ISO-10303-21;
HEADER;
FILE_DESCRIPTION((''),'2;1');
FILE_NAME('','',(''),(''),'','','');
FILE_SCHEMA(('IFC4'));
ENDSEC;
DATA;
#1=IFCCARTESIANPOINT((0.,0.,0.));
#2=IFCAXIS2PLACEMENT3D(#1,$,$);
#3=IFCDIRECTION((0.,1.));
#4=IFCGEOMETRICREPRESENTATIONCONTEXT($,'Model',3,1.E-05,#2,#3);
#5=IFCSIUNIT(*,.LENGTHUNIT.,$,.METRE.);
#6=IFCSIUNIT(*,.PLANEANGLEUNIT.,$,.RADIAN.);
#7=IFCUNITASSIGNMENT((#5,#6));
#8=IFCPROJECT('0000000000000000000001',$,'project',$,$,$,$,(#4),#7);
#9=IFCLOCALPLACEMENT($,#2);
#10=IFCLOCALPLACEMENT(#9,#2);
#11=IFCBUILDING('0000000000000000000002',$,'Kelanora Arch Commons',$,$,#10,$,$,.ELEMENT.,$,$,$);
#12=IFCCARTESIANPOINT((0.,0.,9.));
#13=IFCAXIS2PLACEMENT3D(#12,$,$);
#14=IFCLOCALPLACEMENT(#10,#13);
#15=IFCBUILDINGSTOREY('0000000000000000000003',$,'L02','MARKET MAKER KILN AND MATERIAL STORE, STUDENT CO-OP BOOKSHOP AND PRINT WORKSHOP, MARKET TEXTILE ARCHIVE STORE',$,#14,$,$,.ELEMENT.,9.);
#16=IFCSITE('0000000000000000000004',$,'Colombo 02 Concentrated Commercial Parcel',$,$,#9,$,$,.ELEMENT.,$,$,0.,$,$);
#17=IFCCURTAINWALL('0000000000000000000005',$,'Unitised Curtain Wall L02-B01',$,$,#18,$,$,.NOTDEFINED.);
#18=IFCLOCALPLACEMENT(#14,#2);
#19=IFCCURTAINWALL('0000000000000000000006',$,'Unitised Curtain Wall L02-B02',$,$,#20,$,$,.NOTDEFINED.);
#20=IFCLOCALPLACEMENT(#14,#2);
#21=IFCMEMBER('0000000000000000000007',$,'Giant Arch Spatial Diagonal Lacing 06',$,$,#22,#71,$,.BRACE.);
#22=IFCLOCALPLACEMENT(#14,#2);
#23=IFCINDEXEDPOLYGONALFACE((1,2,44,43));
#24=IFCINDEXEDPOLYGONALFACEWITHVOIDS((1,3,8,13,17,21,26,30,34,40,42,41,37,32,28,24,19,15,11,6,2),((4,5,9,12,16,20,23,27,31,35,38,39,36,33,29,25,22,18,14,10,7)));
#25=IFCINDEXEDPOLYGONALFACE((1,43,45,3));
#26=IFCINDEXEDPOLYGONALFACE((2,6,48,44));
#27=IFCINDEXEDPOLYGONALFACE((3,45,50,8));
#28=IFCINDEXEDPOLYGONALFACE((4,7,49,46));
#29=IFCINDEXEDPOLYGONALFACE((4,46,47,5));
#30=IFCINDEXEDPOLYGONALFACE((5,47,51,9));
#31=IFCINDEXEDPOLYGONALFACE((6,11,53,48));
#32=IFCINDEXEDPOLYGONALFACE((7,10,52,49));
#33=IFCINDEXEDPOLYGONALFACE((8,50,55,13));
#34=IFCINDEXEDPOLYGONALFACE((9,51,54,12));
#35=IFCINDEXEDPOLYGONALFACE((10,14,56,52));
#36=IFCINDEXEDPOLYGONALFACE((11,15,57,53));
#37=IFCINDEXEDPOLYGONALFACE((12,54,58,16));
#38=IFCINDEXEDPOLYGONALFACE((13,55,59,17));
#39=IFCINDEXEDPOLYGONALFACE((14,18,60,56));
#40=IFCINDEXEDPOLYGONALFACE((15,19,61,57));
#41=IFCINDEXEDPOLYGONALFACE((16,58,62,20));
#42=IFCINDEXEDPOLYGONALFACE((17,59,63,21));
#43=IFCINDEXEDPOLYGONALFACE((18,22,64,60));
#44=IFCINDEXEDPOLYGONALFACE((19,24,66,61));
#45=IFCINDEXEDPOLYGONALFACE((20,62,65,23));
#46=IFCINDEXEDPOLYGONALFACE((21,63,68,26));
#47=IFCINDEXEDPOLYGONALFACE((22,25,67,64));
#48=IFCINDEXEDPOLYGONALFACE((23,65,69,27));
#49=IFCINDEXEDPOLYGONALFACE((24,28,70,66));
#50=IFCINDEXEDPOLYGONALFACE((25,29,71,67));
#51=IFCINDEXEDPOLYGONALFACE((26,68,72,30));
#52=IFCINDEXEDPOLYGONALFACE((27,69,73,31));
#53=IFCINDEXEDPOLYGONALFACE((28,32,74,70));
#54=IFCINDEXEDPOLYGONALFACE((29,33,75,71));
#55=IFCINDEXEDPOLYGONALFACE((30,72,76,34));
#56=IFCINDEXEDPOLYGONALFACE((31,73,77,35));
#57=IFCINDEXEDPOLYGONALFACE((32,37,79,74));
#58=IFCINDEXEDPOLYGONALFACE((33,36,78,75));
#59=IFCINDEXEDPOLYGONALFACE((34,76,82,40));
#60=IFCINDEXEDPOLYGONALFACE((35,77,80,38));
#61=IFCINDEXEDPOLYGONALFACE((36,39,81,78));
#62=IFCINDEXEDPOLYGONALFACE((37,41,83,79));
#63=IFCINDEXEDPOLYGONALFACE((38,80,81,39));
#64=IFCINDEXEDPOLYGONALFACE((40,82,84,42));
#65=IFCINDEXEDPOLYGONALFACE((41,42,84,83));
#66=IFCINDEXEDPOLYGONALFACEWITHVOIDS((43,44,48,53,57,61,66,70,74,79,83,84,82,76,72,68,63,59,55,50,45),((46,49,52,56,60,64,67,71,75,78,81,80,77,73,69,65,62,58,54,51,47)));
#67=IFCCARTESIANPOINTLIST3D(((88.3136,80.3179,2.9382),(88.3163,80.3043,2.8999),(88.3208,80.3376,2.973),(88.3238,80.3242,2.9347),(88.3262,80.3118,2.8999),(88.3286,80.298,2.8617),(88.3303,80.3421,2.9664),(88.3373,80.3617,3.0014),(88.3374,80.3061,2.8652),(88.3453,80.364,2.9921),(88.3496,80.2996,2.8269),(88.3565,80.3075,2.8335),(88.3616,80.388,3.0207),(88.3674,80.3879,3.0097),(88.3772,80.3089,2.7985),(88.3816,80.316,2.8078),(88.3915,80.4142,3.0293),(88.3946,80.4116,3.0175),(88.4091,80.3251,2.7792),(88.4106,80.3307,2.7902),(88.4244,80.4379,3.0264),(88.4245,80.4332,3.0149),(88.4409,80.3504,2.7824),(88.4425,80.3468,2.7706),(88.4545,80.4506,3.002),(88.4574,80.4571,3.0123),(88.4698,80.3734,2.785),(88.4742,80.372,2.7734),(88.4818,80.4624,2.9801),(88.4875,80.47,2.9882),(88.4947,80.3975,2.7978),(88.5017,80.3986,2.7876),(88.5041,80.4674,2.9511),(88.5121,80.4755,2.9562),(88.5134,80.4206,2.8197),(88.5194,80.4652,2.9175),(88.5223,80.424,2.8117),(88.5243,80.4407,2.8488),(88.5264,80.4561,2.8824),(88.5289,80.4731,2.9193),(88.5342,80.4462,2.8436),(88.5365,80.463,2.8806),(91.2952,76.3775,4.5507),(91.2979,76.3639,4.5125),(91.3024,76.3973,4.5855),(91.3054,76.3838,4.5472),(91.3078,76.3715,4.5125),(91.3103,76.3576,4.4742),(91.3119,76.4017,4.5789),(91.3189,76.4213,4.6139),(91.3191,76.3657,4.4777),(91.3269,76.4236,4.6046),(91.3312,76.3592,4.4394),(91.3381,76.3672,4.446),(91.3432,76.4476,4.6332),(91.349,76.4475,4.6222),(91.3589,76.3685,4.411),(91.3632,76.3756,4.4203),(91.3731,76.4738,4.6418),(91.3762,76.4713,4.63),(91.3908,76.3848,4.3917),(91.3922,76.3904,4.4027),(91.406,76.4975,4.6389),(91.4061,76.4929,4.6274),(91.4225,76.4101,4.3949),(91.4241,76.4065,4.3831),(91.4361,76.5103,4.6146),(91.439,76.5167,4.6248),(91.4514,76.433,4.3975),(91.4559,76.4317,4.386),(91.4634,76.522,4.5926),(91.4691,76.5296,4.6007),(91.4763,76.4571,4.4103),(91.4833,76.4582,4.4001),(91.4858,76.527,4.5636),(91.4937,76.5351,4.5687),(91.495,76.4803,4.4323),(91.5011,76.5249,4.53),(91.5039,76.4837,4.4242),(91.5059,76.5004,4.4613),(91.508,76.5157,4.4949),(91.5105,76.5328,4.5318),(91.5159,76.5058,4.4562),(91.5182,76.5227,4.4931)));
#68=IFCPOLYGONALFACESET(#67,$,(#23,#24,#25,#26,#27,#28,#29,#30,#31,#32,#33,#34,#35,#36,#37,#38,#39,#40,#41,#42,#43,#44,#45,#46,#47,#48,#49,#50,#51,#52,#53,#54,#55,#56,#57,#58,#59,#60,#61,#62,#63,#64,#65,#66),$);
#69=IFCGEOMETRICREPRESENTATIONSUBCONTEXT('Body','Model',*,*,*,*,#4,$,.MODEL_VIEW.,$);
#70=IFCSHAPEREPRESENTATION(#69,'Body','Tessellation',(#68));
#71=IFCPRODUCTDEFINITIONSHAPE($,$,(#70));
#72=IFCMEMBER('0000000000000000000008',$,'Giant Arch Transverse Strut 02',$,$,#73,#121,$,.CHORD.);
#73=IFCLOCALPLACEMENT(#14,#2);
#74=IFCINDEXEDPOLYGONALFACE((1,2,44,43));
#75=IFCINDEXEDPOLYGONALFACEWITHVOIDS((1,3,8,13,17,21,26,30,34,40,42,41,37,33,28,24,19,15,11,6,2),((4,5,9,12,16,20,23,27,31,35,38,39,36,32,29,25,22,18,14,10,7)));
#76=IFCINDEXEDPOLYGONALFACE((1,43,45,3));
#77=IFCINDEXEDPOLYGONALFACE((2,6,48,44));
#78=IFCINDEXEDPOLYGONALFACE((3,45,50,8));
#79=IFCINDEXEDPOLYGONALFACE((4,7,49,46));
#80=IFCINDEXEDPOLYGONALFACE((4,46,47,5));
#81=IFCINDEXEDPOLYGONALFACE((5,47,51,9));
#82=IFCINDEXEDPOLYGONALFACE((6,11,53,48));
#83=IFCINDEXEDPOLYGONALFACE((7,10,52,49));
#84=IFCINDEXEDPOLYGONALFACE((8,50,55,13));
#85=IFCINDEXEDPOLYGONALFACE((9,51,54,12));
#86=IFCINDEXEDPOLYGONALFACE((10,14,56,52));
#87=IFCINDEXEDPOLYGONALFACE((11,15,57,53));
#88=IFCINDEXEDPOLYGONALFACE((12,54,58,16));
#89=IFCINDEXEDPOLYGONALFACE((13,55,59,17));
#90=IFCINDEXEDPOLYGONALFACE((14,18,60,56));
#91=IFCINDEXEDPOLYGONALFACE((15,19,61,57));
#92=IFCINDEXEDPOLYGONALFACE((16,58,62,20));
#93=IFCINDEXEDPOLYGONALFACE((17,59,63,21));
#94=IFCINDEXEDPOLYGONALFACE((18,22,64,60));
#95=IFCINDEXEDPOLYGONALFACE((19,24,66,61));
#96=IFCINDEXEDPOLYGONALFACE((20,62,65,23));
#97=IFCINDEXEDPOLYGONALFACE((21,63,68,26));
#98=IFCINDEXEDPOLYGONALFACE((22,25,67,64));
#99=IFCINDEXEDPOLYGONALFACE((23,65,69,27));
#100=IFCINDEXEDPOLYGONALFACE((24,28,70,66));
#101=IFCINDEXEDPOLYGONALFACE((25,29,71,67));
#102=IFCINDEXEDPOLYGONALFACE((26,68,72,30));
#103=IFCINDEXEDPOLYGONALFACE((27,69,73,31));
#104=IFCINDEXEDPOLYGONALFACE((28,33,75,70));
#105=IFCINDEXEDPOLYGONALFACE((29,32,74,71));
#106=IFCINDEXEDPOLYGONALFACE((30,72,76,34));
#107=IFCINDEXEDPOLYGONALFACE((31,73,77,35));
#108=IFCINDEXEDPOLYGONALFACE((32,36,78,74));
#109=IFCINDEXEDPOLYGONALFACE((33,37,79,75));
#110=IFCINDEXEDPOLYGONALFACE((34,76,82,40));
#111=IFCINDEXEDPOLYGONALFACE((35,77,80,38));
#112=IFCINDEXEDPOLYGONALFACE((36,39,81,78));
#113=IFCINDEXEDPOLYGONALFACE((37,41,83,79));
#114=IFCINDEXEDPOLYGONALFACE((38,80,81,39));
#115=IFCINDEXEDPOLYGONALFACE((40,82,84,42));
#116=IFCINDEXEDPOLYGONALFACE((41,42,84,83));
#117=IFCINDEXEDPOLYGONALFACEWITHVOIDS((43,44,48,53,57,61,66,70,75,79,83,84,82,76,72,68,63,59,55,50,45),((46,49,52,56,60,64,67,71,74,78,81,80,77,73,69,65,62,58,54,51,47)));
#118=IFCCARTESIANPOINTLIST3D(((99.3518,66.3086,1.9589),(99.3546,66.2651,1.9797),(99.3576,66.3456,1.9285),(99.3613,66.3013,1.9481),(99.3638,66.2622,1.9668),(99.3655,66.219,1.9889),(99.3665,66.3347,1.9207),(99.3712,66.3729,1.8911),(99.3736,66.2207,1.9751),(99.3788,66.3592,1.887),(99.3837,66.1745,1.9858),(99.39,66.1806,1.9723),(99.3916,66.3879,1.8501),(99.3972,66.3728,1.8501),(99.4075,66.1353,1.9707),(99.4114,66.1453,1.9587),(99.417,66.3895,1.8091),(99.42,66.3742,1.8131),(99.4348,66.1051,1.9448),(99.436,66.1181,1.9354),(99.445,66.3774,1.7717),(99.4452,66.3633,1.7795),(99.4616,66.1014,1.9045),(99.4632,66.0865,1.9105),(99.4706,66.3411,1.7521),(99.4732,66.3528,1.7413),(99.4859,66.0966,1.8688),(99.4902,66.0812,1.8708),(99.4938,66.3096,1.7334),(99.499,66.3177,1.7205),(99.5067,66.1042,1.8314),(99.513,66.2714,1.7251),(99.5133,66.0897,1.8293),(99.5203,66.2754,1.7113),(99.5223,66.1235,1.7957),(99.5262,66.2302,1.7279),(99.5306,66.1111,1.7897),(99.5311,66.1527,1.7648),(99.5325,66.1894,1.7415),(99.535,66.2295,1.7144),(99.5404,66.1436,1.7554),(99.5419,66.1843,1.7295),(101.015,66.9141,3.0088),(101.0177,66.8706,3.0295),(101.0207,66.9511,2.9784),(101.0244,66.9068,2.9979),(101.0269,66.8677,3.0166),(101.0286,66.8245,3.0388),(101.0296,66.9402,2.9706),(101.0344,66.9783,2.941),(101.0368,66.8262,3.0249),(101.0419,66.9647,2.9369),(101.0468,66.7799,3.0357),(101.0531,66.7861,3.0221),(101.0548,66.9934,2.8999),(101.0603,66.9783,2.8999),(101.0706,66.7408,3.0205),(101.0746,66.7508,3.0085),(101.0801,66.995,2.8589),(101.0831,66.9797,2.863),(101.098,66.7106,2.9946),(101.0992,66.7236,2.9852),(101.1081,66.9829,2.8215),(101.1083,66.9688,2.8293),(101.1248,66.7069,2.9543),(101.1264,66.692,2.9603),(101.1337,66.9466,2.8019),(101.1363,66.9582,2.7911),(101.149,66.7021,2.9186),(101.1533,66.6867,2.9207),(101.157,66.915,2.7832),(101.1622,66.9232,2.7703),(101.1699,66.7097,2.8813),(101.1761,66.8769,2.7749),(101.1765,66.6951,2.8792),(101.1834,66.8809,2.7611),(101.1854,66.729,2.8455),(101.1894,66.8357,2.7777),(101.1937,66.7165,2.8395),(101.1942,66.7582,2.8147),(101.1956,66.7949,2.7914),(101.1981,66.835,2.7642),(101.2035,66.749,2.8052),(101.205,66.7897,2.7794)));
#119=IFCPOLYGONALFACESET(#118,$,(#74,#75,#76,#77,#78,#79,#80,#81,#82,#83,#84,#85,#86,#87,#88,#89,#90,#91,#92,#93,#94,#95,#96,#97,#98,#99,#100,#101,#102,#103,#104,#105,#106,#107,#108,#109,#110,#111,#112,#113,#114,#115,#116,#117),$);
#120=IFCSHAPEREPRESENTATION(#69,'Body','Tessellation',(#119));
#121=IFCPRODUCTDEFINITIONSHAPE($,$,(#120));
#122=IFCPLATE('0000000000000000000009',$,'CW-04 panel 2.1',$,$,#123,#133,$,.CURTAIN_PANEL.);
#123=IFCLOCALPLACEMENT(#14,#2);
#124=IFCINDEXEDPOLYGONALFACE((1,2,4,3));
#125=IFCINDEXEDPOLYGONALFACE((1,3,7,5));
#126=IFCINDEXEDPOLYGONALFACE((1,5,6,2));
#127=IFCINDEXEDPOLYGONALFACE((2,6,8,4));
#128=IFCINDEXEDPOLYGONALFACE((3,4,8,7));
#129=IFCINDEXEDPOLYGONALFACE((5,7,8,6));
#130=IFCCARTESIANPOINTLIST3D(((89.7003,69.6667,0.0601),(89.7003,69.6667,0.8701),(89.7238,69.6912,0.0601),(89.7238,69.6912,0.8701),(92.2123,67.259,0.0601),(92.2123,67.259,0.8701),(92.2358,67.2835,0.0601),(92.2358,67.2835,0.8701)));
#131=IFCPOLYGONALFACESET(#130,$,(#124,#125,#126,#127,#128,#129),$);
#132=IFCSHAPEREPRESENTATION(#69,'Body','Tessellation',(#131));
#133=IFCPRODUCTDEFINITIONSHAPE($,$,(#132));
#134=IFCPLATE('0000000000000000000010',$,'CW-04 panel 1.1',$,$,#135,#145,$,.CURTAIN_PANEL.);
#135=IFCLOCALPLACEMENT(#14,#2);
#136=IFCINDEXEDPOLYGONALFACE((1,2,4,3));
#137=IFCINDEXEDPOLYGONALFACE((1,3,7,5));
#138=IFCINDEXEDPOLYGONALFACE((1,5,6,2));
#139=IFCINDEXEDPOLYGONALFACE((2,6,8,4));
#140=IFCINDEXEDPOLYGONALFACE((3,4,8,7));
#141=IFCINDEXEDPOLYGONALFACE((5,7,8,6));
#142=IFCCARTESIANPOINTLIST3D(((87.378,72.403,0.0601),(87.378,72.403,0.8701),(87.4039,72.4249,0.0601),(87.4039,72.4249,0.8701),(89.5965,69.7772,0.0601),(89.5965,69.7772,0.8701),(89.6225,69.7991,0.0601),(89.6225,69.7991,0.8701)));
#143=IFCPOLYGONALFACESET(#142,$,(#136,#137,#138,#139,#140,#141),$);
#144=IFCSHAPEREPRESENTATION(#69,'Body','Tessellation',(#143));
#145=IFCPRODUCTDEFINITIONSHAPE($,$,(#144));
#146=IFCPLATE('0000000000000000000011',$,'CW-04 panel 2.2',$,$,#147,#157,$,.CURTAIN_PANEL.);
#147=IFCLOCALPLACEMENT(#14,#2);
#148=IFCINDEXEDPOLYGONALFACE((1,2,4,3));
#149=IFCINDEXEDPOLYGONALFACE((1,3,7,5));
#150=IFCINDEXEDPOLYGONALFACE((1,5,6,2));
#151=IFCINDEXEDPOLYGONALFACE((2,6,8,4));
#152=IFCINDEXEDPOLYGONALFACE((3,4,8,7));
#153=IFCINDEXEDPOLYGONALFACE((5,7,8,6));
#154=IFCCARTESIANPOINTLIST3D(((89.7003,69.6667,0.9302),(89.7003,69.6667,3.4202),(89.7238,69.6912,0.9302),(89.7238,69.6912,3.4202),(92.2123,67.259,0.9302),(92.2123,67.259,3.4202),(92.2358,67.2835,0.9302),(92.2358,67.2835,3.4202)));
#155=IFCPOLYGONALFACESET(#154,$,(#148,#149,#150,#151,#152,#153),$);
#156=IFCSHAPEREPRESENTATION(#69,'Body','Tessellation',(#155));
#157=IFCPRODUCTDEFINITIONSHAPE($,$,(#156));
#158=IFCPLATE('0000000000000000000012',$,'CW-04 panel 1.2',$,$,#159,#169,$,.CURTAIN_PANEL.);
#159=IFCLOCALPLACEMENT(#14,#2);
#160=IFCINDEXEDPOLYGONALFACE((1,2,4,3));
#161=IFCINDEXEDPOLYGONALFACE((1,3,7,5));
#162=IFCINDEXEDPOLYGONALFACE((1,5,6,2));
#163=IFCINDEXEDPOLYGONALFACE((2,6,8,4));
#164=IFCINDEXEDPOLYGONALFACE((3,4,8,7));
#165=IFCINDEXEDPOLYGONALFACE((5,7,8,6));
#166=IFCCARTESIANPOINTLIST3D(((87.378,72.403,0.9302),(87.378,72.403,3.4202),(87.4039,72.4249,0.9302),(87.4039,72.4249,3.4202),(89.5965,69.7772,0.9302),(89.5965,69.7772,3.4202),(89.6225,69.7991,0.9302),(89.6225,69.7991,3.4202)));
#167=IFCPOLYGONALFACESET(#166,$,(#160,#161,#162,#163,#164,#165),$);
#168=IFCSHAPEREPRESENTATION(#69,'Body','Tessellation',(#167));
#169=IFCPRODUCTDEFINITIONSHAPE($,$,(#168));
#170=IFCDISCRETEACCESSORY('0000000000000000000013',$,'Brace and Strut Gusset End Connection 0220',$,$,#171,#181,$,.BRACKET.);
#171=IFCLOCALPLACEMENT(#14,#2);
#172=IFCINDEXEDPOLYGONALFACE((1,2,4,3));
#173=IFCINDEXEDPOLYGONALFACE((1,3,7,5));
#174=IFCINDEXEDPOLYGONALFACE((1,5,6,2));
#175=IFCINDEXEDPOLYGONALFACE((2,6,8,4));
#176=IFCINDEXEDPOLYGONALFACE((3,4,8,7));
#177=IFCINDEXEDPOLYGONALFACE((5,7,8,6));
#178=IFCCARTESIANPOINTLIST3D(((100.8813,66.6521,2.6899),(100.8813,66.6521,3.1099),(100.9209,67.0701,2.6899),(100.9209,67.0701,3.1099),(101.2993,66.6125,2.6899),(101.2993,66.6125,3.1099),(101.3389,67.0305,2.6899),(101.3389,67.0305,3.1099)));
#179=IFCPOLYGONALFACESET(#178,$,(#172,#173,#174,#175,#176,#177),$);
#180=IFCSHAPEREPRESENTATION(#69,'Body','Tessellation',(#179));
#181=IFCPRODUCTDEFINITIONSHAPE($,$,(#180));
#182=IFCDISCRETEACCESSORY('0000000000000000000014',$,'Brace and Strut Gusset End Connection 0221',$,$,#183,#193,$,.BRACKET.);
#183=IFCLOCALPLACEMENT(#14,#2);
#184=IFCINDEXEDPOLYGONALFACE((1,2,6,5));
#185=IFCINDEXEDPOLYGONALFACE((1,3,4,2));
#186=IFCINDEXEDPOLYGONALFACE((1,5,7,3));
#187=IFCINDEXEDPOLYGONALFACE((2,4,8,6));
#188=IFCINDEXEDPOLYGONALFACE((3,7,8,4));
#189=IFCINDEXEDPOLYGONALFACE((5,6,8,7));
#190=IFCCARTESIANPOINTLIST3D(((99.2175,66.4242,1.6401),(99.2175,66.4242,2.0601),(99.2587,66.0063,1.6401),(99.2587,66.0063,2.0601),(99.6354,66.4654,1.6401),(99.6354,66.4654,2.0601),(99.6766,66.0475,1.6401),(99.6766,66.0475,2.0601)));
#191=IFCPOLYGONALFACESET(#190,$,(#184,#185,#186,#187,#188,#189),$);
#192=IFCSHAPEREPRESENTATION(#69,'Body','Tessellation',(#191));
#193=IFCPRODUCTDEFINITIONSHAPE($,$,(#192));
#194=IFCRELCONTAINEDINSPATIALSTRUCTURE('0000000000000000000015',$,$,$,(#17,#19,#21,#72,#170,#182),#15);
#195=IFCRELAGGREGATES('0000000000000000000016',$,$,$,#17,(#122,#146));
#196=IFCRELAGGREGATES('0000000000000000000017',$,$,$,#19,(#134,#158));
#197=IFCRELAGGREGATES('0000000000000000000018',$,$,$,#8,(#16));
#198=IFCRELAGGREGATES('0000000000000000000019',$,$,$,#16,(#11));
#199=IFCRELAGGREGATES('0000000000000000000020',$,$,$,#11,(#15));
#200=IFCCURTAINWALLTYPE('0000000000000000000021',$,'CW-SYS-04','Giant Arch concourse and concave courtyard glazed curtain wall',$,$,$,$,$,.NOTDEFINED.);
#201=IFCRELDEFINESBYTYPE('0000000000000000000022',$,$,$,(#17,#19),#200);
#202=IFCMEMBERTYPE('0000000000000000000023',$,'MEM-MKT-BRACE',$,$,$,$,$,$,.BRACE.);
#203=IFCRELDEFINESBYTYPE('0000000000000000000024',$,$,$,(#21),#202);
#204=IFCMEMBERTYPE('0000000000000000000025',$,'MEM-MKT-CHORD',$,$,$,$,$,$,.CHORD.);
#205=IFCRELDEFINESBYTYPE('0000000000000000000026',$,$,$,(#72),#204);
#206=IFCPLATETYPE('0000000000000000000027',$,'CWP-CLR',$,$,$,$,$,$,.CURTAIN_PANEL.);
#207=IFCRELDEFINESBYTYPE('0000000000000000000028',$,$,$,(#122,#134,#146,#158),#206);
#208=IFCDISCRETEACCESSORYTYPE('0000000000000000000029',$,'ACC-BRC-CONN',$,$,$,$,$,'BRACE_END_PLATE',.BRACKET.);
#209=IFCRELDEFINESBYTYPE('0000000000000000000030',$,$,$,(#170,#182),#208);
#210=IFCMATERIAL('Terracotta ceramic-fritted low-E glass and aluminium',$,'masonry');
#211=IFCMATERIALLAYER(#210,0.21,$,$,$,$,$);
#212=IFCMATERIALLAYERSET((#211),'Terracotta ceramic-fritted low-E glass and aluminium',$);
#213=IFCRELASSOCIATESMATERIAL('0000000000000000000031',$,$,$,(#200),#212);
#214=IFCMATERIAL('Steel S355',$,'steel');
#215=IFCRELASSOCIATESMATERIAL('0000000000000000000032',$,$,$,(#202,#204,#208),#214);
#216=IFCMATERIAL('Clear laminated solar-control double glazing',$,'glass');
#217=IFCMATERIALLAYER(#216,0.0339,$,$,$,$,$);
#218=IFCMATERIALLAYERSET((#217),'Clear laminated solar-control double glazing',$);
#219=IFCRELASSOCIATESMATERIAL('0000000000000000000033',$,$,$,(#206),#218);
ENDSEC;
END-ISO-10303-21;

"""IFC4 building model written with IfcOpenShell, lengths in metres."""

from ifc_helpers import new_model, si_unit, direction, frame, origin, origin_2d, place, context, subcontext, project, spatial, rectangle, hollow_circle, extrude, source, transform, mapped, material, layer, layer_set, material_profile, profile_set, type_object, element, aggregate, save


model = new_model("IFC4")

# Units and contexts
model_context = context("Model", 3, precision=1e-05, world=origin(), true_north=direction((0.0, 1.0)))
body_context = subcontext(model_context, "Body", "Model", "MODEL_VIEW")
ifc_project = project(units=[si_unit("LENGTHUNIT", "METRE"), si_unit("PLANEANGLEUNIT", "RADIAN")], contexts=[model_context])

# Site, building, storey
site_placement = place(None, origin())
site = spatial("IfcSite", under=ifc_project, at=site_placement, Name="Colombo 02 Concentrated Commercial Parcel", CompositionType="ELEMENT", RefElevation=0.0)
building_placement = place(site_placement, origin())
building = spatial("IfcBuilding", under=site, at=building_placement, Name="Kelanora Arch Commons", CompositionType="ELEMENT")
storey_placement = place(building_placement, frame((0.0, 0.0, 9.0)))
storey = spatial("IfcBuildingStorey", under=building, at=storey_placement, Name="L02", Description="MARKET MAKER KILN AND MATERIAL STORE, STUDENT CO-OP BOOKSHOP AND PRINT WORKSHOP, MARKET TEXTILE ARCHIVE STORE", CompositionType="ELEMENT", Elevation=9.0)

# Shared definitions
ifc_material_1 = material(Name="Steel S355", Category="steel")

# Curtain wall
ifc_material_2 = material(Name="Terracotta ceramic-fritted low-E glass and aluminium", Category="masonry")
ifc_layer_1 = layer(ifc_material_2, 0.21)
ifc_layer_set_1 = layer_set([ifc_layer_1], Name="Terracotta ceramic-fritted low-E glass and aluminium")
curtain_wall_type = type_object("IfcCurtainWallType", Name="CW-SYS-04", Description="Giant Arch concourse and concave courtyard glazed curtain wall", PredefinedType="NOTDEFINED", material=ifc_layer_set_1)
curtain_wall_1_placement = place(storey_placement, origin())
curtain_wall_1 = element("IfcCurtainWall", 1, at=curtain_wall_1_placement, inside=storey, type_object=curtain_wall_type, Name="Unitised Curtain Wall L02-B01", PredefinedType="NOTDEFINED")

# Curtain wall
curtain_wall_2_placement = place(storey_placement, origin())
curtain_wall_2 = element("IfcCurtainWall", 2, at=curtain_wall_2_placement, inside=storey, type_object=curtain_wall_type, Name="Unitised Curtain Wall L02-B02", PredefinedType="NOTDEFINED")

# Members
ifc_material_profile_1 = material_profile(ifc_material_1, hollow_circle(Radius=0.1365, WallThickness=0.0125, at=origin_2d()), Name="CHS273x12.5")
ifc_profile_set_1 = profile_set([ifc_material_profile_1], Name="Steel S355")
member_type_1 = type_object("IfcMemberType", Name="MEM-MKT-BRACE", PredefinedType="BRACE", material=ifc_profile_set_1)
member_1_placement = place(storey_placement, frame((91.4067, 76.4463, 4.5125), z_axis=(-0.573638, 0.758087, -0.310233), x_axis=(-0.797431, -0.60341, 0.0)))
element("IfcMember", 3, at=member_1_placement, inside=storey, type_object=member_type_1, Name="Giant Arch Spatial Diagonal Lacing 06", PredefinedType="BRACE", context=body_context, shape_type="SweptSolid", body=[
    extrude(hollow_circle(Radius=0.1365, WallThickness=0.0125, at=origin_2d()), origin(), (0.0, 0.0, 1.0), 5.1978),
])
ifc_material_profile_2 = material_profile(ifc_material_1, hollow_circle(Radius=0.1619, WallThickness=0.0161, at=origin_2d()), Name="CHS323.9x16")
ifc_profile_set_2 = profile_set([ifc_material_profile_2], Name="Steel S355")
member_type_2 = type_object("IfcMemberType", Name="MEM-MKT-CHORD", PredefinedType="CHORD", material=ifc_profile_set_2)
member_2_placement = place(storey_placement, frame((99.447, 66.2358, 1.8501), z_axis=(0.808187, 0.294231, 0.510159), x_axis=(-0.342097, 0.939664, 0.0)))
element("IfcMember", 4, at=member_2_placement, inside=storey, type_object=member_type_2, Name="Giant Arch Transverse Strut 02", PredefinedType="CHORD", context=body_context, shape_type="SweptSolid", body=[
    extrude(hollow_circle(Radius=0.1619, WallThickness=0.0161, at=origin_2d()), origin(), (0.0, 0.0, 1.0), 2.0579),
])

# Plates
ifc_material_3 = material(Name="Clear laminated solar-control double glazing", Category="glass")
ifc_layer_2 = layer(ifc_material_3, 0.0339)
ifc_layer_set_2 = layer_set([ifc_layer_2], Name="Clear laminated solar-control double glazing")
plate_type = type_object("IfcPlateType", Name="CWP-CLR", PredefinedType="CURTAIN_PANEL", material=ifc_layer_set_2)
shared_shape_1 = source(origin(), body_context, "Body", "SweptSolid", [
    extrude(rectangle(XDim=3.4795, YDim=0.0339, at=origin_2d()), origin(), (0.0, 0.0, 1.0), 0.8101),
])
plate_1_placement = place(storey_placement, frame((90.968, 68.4751, 0.0601), z_axis=(0.0, 0.0, 1.0), x_axis=(-0.721943, 0.691953, 0.0)))
plate_1 = element("IfcPlate", 5, at=plate_1_placement, type_object=plate_type, Name="CW-04 panel 2.1", PredefinedType="CURTAIN_PANEL", context=body_context, shape_type="MappedRepresentation", body=[
    mapped(shared_shape_1, transform((0.0, 0.0, 0.0), scale=1.0)),
])
shared_shape_2 = source(origin(), body_context, "Body", "SweptSolid", [
    extrude(rectangle(XDim=3.4375, YDim=0.0339, at=origin_2d()), origin(), (0.0, 0.0, 1.0), 0.8101),
])
plate_2_placement = place(storey_placement, frame((88.5002, 71.1011, 0.0601), z_axis=(0.0, 0.0, 1.0), x_axis=(-0.645388, 0.763855, 0.0)))
plate_2 = element("IfcPlate", 6, at=plate_2_placement, type_object=plate_type, Name="CW-04 panel 1.1", PredefinedType="CURTAIN_PANEL", context=body_context, shape_type="MappedRepresentation", body=[
    mapped(shared_shape_2, transform((0.0, 0.0, 0.0), scale=1.0)),
])
shared_shape_3 = source(origin(), body_context, "Body", "SweptSolid", [
    extrude(rectangle(XDim=3.4795, YDim=0.0339, at=origin_2d()), origin(), (0.0, 0.0, 1.0), 2.49),
])
plate_3_placement = place(storey_placement, frame((90.968, 68.4751, 0.9302), z_axis=(0.0, 0.0, 1.0), x_axis=(-0.721943, 0.691953, 0.0)))
plate_3 = element("IfcPlate", 7, at=plate_3_placement, type_object=plate_type, Name="CW-04 panel 2.2", PredefinedType="CURTAIN_PANEL", context=body_context, shape_type="MappedRepresentation", body=[
    mapped(shared_shape_3, transform((0.0, 0.0, 0.0), scale=1.0)),
])
aggregate(curtain_wall_1, [plate_1, plate_3])
shared_shape_4 = source(origin(), body_context, "Body", "SweptSolid", [
    extrude(rectangle(XDim=3.4375, YDim=0.0339, at=origin_2d()), origin(), (0.0, 0.0, 1.0), 2.49),
])
plate_4_placement = place(storey_placement, frame((88.5002, 71.1011, 0.9302), z_axis=(0.0, 0.0, 1.0), x_axis=(-0.645388, 0.763855, 0.0)))
plate_4 = element("IfcPlate", 8, at=plate_4_placement, type_object=plate_type, Name="CW-04 panel 1.2", PredefinedType="CURTAIN_PANEL", context=body_context, shape_type="MappedRepresentation", body=[
    mapped(shared_shape_4, transform((0.0, 0.0, 0.0), scale=1.0)),
])
aggregate(curtain_wall_2, [plate_2, plate_4])

# Discrete accessories
discrete_accessory_type = type_object("IfcDiscreteAccessoryType", Name="ACC-BRC-CONN", ElementType="BRACE_END_PLATE", PredefinedType="BRACKET", material=ifc_material_1)
shared_shape_5 = source(origin(), body_context, "Body", "SweptSolid", [
    extrude(rectangle(XDim=0.4199, YDim=0.4199, at=origin_2d()), origin(), (0.0, 0.0, 1.0), 0.4199),
])
for number, where, z_axis, x_axis, name in (
    (9, (101.1101, 66.8413, 2.6899), (0.0, 0.0, 1.0), (0.094282, 0.995546, 0.0), "Brace and Strut Gusset End Connection 0220"),
    (10, (99.447, 66.2358, 1.6401), (0.0, 0.0, 1.0), (-0.098104, 0.995176, 0.0), "Brace and Strut Gusset End Connection 0221"),
):
    element("IfcDiscreteAccessory", number, at=place(storey_placement, frame(where, z_axis=z_axis, x_axis=x_axis)), inside=storey, type_object=discrete_accessory_type, Name=name, PredefinedType="BRACKET", context=body_context, shape_type="MappedRepresentation", body=[
        mapped(shared_shape_5, transform((0.0, 0.0, 0.0), scale=1.0)),
    ])

save(model, "model.ifc")
